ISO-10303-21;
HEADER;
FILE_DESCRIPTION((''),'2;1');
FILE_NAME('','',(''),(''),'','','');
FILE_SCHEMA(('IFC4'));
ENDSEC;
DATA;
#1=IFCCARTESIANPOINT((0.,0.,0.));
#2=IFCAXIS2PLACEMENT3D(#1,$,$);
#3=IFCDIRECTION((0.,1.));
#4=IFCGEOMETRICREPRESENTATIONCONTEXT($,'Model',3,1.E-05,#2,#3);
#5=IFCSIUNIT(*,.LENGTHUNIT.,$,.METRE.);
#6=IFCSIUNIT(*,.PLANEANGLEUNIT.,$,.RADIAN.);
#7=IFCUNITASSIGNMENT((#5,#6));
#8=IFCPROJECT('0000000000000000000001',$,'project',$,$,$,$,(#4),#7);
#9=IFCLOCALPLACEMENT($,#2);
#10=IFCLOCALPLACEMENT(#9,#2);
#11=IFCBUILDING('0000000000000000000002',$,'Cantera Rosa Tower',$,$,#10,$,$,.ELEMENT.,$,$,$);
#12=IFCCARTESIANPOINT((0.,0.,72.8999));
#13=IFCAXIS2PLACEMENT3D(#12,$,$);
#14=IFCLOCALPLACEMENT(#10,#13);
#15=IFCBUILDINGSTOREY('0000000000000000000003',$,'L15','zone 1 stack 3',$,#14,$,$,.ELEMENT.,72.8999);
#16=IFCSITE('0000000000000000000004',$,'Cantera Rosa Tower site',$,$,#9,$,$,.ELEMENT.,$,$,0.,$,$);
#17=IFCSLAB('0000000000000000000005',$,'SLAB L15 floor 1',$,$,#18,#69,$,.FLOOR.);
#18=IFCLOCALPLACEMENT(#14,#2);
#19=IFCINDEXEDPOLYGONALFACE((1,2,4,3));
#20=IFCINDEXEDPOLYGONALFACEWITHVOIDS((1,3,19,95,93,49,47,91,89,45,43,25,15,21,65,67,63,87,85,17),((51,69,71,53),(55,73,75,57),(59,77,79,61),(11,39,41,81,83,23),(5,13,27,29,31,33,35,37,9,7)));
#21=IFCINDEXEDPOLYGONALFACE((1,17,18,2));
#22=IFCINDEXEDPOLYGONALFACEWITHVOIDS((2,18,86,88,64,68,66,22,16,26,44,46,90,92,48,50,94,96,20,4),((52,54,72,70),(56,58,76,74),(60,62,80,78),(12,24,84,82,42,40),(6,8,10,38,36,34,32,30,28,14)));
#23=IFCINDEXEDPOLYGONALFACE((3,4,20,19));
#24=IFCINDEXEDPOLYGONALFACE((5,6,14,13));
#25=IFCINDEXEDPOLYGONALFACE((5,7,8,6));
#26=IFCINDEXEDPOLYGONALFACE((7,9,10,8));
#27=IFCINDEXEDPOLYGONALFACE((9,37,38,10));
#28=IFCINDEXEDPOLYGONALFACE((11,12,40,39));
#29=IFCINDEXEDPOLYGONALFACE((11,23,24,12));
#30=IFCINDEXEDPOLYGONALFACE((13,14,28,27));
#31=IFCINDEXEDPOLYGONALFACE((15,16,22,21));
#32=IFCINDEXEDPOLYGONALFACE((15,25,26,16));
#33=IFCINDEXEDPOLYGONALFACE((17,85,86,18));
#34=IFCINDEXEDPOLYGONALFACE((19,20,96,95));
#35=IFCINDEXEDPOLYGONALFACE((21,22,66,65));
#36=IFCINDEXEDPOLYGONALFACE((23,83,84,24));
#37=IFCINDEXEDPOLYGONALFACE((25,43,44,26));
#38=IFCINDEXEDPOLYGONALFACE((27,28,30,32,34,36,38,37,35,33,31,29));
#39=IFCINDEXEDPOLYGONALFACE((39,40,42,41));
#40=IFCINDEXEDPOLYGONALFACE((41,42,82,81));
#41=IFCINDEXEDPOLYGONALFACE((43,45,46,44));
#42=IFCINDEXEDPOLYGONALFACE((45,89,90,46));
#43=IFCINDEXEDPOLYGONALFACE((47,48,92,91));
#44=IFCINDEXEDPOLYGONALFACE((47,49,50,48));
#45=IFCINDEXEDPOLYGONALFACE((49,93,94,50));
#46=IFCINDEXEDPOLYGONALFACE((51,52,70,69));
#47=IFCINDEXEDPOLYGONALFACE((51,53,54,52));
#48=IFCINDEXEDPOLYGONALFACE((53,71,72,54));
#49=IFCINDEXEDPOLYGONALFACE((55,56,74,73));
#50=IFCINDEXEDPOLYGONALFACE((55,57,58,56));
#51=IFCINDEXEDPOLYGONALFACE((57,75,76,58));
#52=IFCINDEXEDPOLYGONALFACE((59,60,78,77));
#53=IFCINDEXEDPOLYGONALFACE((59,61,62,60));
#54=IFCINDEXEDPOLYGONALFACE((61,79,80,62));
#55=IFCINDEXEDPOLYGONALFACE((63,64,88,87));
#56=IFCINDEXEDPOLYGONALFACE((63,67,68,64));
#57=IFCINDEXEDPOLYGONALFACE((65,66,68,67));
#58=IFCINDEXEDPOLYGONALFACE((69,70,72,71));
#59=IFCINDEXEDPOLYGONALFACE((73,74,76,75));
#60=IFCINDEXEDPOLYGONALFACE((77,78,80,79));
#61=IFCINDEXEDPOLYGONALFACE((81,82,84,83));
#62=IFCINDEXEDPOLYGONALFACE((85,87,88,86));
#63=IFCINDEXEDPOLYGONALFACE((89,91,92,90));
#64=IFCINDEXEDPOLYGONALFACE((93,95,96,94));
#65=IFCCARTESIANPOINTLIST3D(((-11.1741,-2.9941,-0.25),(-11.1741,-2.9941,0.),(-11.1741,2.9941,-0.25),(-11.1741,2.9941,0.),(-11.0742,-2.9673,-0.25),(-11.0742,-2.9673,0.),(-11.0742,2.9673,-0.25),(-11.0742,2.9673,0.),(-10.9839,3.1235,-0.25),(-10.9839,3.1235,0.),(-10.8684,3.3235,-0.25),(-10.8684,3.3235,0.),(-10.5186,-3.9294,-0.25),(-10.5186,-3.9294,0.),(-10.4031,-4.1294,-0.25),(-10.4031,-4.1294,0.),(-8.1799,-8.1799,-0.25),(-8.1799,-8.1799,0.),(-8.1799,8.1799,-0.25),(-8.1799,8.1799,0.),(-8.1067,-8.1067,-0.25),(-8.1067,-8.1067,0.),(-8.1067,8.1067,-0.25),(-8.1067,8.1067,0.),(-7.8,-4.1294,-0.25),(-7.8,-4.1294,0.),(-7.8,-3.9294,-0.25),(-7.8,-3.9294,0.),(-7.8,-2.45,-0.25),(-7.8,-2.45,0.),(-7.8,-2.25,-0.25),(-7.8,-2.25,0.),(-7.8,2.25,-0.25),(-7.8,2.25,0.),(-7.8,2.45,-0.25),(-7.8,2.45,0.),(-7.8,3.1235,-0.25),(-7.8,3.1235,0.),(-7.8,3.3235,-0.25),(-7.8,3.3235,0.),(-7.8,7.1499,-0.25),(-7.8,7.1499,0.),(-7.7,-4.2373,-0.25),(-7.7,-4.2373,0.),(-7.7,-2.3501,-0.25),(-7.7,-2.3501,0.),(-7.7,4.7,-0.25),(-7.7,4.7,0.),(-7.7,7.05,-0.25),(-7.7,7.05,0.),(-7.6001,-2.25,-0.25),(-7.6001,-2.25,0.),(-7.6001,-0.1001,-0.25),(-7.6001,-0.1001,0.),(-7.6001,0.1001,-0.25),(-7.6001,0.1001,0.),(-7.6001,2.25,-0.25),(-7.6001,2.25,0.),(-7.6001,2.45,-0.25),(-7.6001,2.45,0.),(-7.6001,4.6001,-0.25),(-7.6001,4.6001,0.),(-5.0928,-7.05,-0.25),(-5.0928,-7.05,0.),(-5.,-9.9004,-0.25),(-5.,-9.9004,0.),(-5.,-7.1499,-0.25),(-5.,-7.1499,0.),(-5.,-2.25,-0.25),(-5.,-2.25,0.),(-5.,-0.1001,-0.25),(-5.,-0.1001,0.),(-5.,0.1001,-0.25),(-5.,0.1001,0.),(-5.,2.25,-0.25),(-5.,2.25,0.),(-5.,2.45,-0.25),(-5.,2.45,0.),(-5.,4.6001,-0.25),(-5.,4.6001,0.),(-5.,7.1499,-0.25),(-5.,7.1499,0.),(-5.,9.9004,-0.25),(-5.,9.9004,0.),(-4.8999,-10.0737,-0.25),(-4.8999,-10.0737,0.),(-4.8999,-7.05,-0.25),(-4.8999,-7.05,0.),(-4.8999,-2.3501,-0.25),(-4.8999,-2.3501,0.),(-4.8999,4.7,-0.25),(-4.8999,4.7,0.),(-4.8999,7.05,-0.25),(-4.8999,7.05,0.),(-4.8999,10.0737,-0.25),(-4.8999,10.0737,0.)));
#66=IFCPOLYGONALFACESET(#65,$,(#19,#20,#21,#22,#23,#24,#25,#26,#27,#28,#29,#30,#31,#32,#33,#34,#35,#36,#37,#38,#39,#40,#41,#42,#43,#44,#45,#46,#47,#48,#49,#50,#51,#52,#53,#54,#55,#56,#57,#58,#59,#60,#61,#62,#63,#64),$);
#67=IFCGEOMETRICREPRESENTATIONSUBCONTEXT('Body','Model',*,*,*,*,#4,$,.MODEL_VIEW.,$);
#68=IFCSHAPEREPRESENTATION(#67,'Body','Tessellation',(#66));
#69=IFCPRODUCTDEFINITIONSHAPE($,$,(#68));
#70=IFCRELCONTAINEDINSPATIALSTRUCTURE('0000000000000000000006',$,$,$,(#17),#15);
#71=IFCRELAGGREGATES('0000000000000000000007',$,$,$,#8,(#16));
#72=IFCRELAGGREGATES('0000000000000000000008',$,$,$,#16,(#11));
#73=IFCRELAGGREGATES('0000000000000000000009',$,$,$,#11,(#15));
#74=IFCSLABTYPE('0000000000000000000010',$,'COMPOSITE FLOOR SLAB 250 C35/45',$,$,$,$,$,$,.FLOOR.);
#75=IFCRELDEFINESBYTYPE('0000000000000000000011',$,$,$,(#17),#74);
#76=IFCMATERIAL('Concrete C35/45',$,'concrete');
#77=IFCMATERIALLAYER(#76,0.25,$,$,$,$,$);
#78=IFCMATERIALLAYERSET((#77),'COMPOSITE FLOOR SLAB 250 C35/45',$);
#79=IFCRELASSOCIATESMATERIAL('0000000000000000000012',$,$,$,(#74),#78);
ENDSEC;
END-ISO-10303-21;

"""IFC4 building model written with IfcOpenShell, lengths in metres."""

from ifc_helpers import new_model, si_unit, direction, frame, origin, place, context, subcontext, project, spatial, polyline, outline, extrude, material, layer, layer_set, type_object, element, save


model = new_model("IFC4")

# Units and contexts
model_context = context("Model", 3, precision=1e-05, world=origin(), true_north=direction((0.0, 1.0)))
body_context = subcontext(model_context, "Body", "Model", "MODEL_VIEW")
ifc_project = project(units=[si_unit("LENGTHUNIT", "METRE"), si_unit("PLANEANGLEUNIT", "RADIAN")], contexts=[model_context])

# Site, building, storey
site_placement = place(None, origin())
site = spatial("IfcSite", under=ifc_project, at=site_placement, Name="Cantera Rosa Tower site", CompositionType="ELEMENT", RefElevation=0.0)
building_placement = place(site_placement, origin())
building = spatial("IfcBuilding", under=site, at=building_placement, Name="Cantera Rosa Tower", CompositionType="ELEMENT")
storey_placement = place(building_placement, frame((0.0, 0.0, 72.8999)))
storey = spatial("IfcBuildingStorey", under=building, at=storey_placement, Name="L15", Description="zone 1 stack 3", CompositionType="ELEMENT", Elevation=72.8999)

# Slab
ifc_material_1 = material(Name="Concrete C35/45", Category="concrete")
ifc_layer_1 = layer(ifc_material_1, 0.25)
ifc_layer_set_1 = layer_set([ifc_layer_1], Name="COMPOSITE FLOOR SLAB 250 C35/45")
slab_type_1 = type_object("IfcSlabType", Name="COMPOSITE FLOOR SLAB 250 C35/45", PredefinedType="FLOOR", material=ifc_layer_set_1)
slab_1_placement = place(storey_placement, frame((0.0, 0.0, -0.25)))
element("IfcSlab", 1, at=slab_1_placement, inside=storey, type_object=slab_type_1, Name="SLAB L15 floor 1", PredefinedType="FLOOR", context=body_context, shape_type="SweptSolid", body=[
    extrude(outline(polyline([(-10.4031, -4.1294), (-8.1067, -8.1067), (-5.0, -9.9004), (-5.0, -7.1499), (-5.0928, -7.05), (-4.8999, -7.05), (-4.8999, -10.0737), (-8.1799, -8.1799), (-11.1741, -2.9941), (-11.1741, 2.9941), (-8.1799, 8.1799), (-4.8999, 10.0737), (-4.8999, 7.05), (-7.7, 7.05), (-7.7, 4.7), (-4.8999, 4.7), (-4.8999, -2.3501), (-7.7, -2.3501), (-7.7, -4.2373), (-7.8, -4.1294), (-10.4031, -4.1294)]), holes=[polyline([(-7.6001, -0.1001), (-7.6001, -2.25), (-5.0, -2.25), (-5.0, -0.1001), (-7.6001, -0.1001)]), polyline([(-11.0742, 2.9673), (-11.0742, -2.9673), (-10.5186, -3.9294), (-7.8, -3.9294), (-7.8, -2.45), (-7.8, -2.25), (-7.8, 2.25), (-7.8, 2.45), (-7.8, 3.1235), (-10.9839, 3.1235), (-11.0742, 2.9673)]), polyline([(-7.6001, 2.25), (-7.6001, 0.1001), (-5.0, 0.1001), (-5.0, 2.25), (-7.6001, 2.25)]), polyline([(-7.6001, 2.45), (-5.0, 2.45), (-5.0, 4.6001), (-7.6001, 4.6001), (-7.6001, 2.45)]), polyline([(-8.1067, 8.1067), (-10.8684, 3.3235), (-7.8, 3.3235), (-7.8, 7.1499), (-5.0, 7.1499), (-5.0, 9.9004), (-8.1067, 8.1067)])]), origin(), (0.0, 0.0, 1.0), 0.25),
])

save(model, "model.ifc")
